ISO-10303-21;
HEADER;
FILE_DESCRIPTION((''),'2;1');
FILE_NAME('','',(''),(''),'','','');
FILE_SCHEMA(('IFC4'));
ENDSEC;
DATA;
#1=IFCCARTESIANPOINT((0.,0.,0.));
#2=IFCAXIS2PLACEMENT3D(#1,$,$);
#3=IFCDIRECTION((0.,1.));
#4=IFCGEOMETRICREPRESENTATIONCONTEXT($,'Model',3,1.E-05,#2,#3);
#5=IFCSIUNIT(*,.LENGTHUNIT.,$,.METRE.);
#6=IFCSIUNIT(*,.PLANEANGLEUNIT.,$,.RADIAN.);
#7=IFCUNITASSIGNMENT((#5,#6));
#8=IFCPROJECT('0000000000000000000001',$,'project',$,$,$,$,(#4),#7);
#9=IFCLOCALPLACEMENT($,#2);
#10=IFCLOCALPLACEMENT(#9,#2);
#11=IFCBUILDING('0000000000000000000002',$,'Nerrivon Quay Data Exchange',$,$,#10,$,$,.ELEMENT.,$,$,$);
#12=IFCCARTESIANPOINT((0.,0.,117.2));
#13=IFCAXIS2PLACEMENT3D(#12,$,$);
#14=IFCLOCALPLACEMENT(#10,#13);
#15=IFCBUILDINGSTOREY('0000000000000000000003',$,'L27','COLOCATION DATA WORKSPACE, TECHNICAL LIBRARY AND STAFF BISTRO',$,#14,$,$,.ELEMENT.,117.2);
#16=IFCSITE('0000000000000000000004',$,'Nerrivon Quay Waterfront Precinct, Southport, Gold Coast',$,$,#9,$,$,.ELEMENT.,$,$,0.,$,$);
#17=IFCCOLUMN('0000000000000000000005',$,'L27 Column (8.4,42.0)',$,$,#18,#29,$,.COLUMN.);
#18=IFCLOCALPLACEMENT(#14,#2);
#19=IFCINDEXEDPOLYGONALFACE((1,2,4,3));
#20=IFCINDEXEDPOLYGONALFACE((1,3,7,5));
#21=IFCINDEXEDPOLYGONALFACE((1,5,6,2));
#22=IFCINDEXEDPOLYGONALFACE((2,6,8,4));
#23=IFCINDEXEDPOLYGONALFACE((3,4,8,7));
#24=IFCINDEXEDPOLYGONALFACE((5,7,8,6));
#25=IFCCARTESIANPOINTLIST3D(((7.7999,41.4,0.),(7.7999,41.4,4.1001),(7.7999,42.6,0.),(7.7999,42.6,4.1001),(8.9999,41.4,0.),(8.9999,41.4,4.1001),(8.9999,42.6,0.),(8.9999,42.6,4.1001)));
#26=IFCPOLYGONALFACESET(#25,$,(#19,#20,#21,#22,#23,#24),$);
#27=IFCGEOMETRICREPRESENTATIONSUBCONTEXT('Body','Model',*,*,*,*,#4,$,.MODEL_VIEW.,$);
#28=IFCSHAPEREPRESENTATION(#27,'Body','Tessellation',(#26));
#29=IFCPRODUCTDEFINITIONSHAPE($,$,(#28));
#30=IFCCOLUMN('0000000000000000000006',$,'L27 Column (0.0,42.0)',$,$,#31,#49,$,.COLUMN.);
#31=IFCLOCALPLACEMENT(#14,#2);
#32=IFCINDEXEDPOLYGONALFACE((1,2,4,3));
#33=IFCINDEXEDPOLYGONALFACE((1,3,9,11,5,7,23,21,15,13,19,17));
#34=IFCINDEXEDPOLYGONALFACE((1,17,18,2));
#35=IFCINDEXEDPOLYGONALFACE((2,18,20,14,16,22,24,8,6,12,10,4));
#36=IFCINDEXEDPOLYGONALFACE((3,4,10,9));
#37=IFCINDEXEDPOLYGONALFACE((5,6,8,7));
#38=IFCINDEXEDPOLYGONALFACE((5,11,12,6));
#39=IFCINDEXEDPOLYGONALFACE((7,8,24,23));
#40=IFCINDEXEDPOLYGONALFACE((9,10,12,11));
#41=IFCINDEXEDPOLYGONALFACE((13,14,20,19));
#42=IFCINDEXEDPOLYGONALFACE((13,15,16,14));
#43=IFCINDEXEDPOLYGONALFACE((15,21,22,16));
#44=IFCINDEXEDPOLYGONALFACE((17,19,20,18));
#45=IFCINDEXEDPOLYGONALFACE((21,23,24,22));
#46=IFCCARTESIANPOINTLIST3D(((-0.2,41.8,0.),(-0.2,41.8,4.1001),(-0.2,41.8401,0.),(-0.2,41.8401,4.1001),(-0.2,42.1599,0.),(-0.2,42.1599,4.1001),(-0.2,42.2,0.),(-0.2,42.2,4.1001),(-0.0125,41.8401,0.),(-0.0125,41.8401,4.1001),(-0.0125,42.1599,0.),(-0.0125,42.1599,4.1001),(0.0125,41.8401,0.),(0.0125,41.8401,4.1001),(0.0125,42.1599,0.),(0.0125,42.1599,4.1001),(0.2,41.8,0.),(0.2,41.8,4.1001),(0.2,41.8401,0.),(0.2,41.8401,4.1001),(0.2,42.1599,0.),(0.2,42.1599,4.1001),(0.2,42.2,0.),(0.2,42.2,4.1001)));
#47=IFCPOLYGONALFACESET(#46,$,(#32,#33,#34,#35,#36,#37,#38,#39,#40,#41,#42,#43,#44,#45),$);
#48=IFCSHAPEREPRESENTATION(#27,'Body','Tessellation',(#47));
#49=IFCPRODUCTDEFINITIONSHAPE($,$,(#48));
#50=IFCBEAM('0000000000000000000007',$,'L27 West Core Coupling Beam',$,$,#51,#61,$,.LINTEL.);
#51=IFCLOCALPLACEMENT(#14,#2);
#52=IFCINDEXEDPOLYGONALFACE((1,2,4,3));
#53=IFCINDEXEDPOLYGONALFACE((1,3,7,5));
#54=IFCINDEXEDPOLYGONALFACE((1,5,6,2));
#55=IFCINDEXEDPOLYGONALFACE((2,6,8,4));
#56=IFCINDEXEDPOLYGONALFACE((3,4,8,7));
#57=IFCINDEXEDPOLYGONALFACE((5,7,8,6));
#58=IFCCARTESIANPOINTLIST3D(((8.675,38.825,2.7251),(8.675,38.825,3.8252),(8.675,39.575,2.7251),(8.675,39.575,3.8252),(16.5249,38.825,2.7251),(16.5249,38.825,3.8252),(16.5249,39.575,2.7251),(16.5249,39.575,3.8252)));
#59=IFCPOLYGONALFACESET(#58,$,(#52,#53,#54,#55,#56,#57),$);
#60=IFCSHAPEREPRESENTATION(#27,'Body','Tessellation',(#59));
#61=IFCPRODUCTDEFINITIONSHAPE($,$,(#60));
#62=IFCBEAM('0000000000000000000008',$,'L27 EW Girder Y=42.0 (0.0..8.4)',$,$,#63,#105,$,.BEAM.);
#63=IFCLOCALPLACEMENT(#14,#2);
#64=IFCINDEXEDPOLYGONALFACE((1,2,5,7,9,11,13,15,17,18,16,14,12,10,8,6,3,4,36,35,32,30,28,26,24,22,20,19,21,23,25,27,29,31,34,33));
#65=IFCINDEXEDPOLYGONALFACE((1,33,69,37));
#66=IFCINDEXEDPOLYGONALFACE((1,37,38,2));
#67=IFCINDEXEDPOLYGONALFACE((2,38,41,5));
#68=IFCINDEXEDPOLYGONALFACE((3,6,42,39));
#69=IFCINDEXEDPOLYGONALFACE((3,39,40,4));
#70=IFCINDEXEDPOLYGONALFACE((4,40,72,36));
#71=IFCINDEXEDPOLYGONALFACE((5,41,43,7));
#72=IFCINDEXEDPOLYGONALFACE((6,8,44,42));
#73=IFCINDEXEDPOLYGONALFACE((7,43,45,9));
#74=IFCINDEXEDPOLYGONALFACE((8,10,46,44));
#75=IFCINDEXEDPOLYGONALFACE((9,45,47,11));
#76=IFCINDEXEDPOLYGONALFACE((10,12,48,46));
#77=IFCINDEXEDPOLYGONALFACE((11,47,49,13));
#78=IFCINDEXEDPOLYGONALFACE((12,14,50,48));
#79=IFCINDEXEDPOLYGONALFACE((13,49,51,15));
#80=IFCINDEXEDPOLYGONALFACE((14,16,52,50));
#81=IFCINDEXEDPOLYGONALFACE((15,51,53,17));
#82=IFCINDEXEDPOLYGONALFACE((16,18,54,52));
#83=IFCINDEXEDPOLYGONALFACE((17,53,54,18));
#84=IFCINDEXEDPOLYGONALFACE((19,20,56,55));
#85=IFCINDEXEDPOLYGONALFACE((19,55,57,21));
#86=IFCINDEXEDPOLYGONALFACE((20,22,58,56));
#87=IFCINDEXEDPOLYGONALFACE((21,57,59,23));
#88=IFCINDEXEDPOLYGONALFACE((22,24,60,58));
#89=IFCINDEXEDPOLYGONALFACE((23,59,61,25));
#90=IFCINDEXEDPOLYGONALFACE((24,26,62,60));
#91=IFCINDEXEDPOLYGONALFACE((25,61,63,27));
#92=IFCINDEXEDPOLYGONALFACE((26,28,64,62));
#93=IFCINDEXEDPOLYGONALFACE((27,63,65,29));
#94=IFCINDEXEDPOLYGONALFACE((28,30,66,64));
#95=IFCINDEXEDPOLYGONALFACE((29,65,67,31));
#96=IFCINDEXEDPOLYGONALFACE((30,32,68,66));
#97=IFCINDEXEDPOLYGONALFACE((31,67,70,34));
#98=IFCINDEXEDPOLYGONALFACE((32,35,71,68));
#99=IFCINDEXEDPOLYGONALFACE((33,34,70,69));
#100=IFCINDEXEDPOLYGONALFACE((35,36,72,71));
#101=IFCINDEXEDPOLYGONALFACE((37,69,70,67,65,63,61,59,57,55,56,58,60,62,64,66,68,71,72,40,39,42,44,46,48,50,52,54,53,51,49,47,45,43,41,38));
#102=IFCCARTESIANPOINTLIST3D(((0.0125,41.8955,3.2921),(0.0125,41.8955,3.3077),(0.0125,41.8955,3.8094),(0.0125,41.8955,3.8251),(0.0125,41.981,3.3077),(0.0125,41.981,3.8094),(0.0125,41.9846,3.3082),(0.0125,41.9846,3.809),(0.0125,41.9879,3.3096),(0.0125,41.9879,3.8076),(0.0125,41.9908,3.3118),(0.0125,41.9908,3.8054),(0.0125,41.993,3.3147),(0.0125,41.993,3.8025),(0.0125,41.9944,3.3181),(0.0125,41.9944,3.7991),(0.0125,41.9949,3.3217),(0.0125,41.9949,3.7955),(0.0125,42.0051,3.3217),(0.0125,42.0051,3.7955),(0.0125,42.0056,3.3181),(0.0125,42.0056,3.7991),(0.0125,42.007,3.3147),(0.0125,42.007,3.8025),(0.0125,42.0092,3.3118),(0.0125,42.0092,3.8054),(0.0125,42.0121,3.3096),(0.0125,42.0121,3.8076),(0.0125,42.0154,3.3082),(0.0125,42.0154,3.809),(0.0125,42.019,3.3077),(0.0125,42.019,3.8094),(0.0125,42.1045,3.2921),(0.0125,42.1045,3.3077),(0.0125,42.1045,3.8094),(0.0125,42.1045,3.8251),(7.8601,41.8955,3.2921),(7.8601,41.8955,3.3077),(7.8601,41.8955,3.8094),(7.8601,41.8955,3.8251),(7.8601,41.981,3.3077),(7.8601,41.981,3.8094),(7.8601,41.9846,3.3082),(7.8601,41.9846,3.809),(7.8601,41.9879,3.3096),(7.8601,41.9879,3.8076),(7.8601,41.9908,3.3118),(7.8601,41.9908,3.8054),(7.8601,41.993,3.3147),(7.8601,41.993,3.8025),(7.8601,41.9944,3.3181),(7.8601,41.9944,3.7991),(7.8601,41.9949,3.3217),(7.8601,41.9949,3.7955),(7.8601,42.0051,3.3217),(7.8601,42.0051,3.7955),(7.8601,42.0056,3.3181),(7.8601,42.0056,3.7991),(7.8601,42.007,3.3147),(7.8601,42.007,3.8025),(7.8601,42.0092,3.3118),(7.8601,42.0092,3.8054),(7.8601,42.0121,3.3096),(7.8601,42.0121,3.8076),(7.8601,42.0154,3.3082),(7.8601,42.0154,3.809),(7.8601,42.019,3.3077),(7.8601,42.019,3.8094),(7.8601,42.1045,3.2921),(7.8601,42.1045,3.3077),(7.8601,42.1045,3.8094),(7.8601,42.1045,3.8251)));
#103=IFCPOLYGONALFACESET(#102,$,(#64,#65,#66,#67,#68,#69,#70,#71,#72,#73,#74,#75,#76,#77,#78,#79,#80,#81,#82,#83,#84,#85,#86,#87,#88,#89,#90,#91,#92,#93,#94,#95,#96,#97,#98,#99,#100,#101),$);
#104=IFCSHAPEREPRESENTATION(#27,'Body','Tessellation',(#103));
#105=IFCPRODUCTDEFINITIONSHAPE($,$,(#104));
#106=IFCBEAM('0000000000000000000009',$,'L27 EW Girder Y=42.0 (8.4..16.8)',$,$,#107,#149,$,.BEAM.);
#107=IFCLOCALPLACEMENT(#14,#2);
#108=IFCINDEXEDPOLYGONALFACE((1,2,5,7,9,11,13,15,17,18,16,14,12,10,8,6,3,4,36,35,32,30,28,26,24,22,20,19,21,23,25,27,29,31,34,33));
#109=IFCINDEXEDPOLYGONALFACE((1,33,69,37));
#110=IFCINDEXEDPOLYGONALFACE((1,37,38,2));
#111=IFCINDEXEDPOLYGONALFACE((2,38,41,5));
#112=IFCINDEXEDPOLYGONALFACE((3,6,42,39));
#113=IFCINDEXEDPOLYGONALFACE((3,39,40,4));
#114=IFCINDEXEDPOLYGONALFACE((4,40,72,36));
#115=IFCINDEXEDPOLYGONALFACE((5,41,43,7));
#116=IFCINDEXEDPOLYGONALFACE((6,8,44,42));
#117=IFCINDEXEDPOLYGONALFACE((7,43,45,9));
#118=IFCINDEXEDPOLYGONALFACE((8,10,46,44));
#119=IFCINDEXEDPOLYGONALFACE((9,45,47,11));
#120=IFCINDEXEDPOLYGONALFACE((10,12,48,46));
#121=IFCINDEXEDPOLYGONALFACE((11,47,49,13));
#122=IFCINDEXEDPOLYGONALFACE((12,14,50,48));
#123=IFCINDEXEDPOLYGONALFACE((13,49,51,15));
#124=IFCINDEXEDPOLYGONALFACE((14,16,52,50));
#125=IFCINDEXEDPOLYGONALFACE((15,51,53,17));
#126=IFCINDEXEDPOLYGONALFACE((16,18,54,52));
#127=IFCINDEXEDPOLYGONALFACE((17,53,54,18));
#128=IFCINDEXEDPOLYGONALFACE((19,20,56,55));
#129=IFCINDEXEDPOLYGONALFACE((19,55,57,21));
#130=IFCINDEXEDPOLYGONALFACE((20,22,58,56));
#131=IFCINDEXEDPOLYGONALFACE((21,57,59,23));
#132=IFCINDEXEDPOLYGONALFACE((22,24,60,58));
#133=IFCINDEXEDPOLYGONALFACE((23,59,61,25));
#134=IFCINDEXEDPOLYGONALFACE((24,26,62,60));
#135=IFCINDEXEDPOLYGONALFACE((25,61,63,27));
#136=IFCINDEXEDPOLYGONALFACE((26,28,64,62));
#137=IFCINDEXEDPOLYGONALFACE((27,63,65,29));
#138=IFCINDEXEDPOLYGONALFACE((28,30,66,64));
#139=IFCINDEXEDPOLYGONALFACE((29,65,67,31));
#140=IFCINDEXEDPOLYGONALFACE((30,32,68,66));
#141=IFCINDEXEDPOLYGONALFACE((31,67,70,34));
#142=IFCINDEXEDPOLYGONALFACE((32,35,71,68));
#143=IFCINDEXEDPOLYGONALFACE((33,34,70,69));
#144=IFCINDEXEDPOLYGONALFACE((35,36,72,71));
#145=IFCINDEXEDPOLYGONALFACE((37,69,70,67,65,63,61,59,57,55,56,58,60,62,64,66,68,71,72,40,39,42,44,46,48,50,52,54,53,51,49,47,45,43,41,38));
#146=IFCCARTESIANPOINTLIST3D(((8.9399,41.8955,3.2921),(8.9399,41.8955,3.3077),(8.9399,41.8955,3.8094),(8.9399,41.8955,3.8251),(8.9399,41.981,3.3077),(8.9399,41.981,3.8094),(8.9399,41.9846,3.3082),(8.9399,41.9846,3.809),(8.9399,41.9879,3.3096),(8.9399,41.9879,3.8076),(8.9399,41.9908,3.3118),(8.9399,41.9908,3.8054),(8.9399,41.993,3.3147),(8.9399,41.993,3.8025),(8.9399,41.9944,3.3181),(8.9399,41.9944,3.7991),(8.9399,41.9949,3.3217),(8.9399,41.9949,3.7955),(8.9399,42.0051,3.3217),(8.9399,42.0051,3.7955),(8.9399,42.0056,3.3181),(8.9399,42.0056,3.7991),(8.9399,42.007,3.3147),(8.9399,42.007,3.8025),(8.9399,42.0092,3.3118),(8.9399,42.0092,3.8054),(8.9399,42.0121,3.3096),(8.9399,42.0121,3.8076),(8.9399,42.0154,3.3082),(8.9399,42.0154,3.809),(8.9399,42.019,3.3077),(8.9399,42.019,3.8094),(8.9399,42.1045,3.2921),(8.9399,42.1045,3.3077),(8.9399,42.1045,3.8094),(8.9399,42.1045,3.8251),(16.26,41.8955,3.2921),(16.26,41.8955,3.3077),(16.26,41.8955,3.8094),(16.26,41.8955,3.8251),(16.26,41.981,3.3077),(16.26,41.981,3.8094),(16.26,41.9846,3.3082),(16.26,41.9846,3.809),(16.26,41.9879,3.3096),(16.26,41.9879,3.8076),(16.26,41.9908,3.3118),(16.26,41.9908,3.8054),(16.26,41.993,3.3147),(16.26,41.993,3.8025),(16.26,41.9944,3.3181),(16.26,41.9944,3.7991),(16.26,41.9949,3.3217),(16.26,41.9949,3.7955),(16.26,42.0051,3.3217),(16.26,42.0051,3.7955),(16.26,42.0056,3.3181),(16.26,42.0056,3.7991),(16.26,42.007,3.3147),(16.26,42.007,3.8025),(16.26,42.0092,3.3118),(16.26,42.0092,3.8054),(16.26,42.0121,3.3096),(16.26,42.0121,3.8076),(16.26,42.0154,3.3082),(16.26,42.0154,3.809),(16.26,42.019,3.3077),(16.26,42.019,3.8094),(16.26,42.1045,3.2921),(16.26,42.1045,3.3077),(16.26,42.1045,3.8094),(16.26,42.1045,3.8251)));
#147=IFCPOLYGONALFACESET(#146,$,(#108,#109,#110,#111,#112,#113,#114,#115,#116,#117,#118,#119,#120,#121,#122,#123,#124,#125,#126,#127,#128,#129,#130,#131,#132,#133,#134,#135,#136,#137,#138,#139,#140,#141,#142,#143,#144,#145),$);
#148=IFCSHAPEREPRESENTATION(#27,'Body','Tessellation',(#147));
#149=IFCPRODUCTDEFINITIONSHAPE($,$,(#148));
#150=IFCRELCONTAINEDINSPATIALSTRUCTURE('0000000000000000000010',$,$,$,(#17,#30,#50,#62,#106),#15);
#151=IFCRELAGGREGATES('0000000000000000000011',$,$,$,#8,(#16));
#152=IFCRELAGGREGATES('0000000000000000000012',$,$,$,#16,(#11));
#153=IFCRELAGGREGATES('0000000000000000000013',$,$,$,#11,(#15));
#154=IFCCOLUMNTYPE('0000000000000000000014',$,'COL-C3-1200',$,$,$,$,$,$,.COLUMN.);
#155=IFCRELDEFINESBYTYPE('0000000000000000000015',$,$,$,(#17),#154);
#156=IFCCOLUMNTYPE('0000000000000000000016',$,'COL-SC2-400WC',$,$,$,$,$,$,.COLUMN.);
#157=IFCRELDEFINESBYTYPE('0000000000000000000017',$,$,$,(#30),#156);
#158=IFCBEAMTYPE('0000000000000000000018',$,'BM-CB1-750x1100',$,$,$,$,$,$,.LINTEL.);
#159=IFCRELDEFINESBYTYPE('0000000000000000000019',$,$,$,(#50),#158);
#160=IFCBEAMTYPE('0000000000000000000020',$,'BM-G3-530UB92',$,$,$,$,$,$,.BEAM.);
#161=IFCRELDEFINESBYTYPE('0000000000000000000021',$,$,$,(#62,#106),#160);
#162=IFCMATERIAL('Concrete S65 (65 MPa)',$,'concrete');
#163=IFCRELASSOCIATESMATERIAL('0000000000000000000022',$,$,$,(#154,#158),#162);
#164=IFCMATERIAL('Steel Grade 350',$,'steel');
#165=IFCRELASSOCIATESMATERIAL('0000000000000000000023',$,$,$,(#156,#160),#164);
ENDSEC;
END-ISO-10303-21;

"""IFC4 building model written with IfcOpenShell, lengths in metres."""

from ifc_helpers import new_model, si_unit, direction, frame, origin, origin_2d, place, context, subcontext, project, spatial, rectangle, i_section, extrude, material, material_profile, profile_set, type_object, element, save


model = new_model("IFC4")

# Units and contexts
model_context = context("Model", 3, precision=1e-05, world=origin(), true_north=direction((0.0, 1.0)))
body_context = subcontext(model_context, "Body", "Model", "MODEL_VIEW")
ifc_project = project(units=[si_unit("LENGTHUNIT", "METRE"), si_unit("PLANEANGLEUNIT", "RADIAN")], contexts=[model_context])

# Site, building, storey
site_placement = place(None, origin())
site = spatial("IfcSite", under=ifc_project, at=site_placement, Name="Nerrivon Quay Waterfront Precinct, Southport, Gold Coast", CompositionType="ELEMENT", RefElevation=0.0)
building_placement = place(site_placement, origin())
building = spatial("IfcBuilding", under=site, at=building_placement, Name="Nerrivon Quay Data Exchange", CompositionType="ELEMENT")
storey_placement = place(building_placement, frame((0.0, 0.0, 117.2)))
storey = spatial("IfcBuildingStorey", under=building, at=storey_placement, Name="L27", Description="COLOCATION DATA WORKSPACE, TECHNICAL LIBRARY AND STAFF BISTRO", CompositionType="ELEMENT", Elevation=117.2)

# Columns
ifc_material_1 = material(Name="Concrete S65 (65 MPa)", Category="concrete")
ifc_material_profile_1 = material_profile(ifc_material_1, rectangle(XDim=1.2, YDim=1.2, at=origin_2d()), Name="RC-COL-1200x1200")
ifc_profile_set_1 = profile_set([ifc_material_profile_1], Name="Concrete S65 (65 MPa)")
column_type_1 = type_object("IfcColumnType", Name="COL-C3-1200", PredefinedType="COLUMN", material=ifc_profile_set_1)
column_1_placement = place(storey_placement, frame((8.3999, 42.0, 0.0), z_axis=(0.0, 0.0, 1.0), x_axis=(1.0, 0.0, 0.0)))
element("IfcColumn", 1, at=column_1_placement, inside=storey, type_object=column_type_1, Name="L27 Column (8.4,42.0)", PredefinedType="COLUMN", context=body_context, shape_type="SweptSolid", body=[
    extrude(rectangle(XDim=1.2, YDim=1.2, at=origin_2d()), origin(), (0.0, 0.0, 1.0), 4.1001),
])
ifc_material_2 = material(Name="Steel Grade 350", Category="steel")
ifc_material_profile_2 = material_profile(ifc_material_2, i_section(OverallWidth=0.3999, OverallDepth=0.3999, WebThickness=0.0249, FlangeThickness=0.04, at=origin_2d()), Name="400WC328")
ifc_profile_set_2 = profile_set([ifc_material_profile_2], Name="Steel Grade 350")
column_type_2 = type_object("IfcColumnType", Name="COL-SC2-400WC", PredefinedType="COLUMN", material=ifc_profile_set_2)
column_2_placement = place(storey_placement, frame((0.0, 42.0, 0.0), z_axis=(0.0, 0.0, 1.0), x_axis=(1.0, 0.0, 0.0)))
element("IfcColumn", 2, at=column_2_placement, inside=storey, type_object=column_type_2, Name="L27 Column (0.0,42.0)", PredefinedType="COLUMN", context=body_context, shape_type="SweptSolid", body=[
    extrude(i_section(OverallWidth=0.3999, OverallDepth=0.3999, WebThickness=0.0249, FlangeThickness=0.04, at=origin_2d()), origin(), (0.0, 0.0, 1.0), 4.1001),
])

# Beams
ifc_material_profile_3 = material_profile(ifc_material_1, rectangle(XDim=0.75, YDim=1.1001, at=origin_2d()), Name="RC-CB-750x1100")
ifc_profile_set_3 = profile_set([ifc_material_profile_3], Name="Concrete S65 (65 MPa)")
beam_type_1 = type_object("IfcBeamType", Name="BM-CB1-750x1100", PredefinedType="LINTEL", material=ifc_profile_set_3)
beam_1_placement = place(storey_placement, frame((8.675, 39.2, 3.2751), z_axis=(1.0, 0.0, 0.0), x_axis=(0.0, 1.0, 0.0)))
element("IfcBeam", 3, at=beam_1_placement, inside=storey, type_object=beam_type_1, Name="L27 West Core Coupling Beam", PredefinedType="LINTEL", context=body_context, shape_type="SweptSolid", body=[
    extrude(rectangle(XDim=0.75, YDim=1.1001, at=origin_2d()), origin(), (0.0, 0.0, 1.0), 7.8499),
])
ifc_material_profile_4 = material_profile(ifc_material_2, i_section(OverallWidth=0.209, OverallDepth=0.533, WebThickness=0.0103, FlangeThickness=0.0156, FilletRadius=0.0139, at=origin_2d()), Name="530UB92.4")
ifc_profile_set_4 = profile_set([ifc_material_profile_4], Name="Steel Grade 350")
beam_type_2 = type_object("IfcBeamType", Name="BM-G3-530UB92", PredefinedType="BEAM", material=ifc_profile_set_4)
beam_2_placement = place(storey_placement, frame((0.0125, 42.0, 3.5586), z_axis=(1.0, 0.0, 0.0), x_axis=(0.0, 1.0, 0.0)))
element("IfcBeam", 4, at=beam_2_placement, inside=storey, type_object=beam_type_2, Name="L27 EW Girder Y=42.0 (0.0..8.4)", PredefinedType="BEAM", context=body_context, shape_type="SweptSolid", body=[
    extrude(i_section(OverallWidth=0.209, OverallDepth=0.533, WebThickness=0.0103, FlangeThickness=0.0156, FilletRadius=0.0139, at=origin_2d()), origin(), (0.0, 0.0, 1.0), 7.8477),
])
beam_3_placement = place(storey_placement, frame((8.9399, 42.0, 3.5586), z_axis=(1.0, 0.0, 0.0), x_axis=(0.0, 1.0, 0.0)))
element("IfcBeam", 5, at=beam_3_placement, inside=storey, type_object=beam_type_2, Name="L27 EW Girder Y=42.0 (8.4..16.8)", PredefinedType="BEAM", context=body_context, shape_type="SweptSolid", body=[
    extrude(i_section(OverallWidth=0.209, OverallDepth=0.533, WebThickness=0.0103, FlangeThickness=0.0156, FilletRadius=0.0139, at=origin_2d()), origin(), (0.0, 0.0, 1.0), 7.3201),
])

save(model, "model.ifc")
